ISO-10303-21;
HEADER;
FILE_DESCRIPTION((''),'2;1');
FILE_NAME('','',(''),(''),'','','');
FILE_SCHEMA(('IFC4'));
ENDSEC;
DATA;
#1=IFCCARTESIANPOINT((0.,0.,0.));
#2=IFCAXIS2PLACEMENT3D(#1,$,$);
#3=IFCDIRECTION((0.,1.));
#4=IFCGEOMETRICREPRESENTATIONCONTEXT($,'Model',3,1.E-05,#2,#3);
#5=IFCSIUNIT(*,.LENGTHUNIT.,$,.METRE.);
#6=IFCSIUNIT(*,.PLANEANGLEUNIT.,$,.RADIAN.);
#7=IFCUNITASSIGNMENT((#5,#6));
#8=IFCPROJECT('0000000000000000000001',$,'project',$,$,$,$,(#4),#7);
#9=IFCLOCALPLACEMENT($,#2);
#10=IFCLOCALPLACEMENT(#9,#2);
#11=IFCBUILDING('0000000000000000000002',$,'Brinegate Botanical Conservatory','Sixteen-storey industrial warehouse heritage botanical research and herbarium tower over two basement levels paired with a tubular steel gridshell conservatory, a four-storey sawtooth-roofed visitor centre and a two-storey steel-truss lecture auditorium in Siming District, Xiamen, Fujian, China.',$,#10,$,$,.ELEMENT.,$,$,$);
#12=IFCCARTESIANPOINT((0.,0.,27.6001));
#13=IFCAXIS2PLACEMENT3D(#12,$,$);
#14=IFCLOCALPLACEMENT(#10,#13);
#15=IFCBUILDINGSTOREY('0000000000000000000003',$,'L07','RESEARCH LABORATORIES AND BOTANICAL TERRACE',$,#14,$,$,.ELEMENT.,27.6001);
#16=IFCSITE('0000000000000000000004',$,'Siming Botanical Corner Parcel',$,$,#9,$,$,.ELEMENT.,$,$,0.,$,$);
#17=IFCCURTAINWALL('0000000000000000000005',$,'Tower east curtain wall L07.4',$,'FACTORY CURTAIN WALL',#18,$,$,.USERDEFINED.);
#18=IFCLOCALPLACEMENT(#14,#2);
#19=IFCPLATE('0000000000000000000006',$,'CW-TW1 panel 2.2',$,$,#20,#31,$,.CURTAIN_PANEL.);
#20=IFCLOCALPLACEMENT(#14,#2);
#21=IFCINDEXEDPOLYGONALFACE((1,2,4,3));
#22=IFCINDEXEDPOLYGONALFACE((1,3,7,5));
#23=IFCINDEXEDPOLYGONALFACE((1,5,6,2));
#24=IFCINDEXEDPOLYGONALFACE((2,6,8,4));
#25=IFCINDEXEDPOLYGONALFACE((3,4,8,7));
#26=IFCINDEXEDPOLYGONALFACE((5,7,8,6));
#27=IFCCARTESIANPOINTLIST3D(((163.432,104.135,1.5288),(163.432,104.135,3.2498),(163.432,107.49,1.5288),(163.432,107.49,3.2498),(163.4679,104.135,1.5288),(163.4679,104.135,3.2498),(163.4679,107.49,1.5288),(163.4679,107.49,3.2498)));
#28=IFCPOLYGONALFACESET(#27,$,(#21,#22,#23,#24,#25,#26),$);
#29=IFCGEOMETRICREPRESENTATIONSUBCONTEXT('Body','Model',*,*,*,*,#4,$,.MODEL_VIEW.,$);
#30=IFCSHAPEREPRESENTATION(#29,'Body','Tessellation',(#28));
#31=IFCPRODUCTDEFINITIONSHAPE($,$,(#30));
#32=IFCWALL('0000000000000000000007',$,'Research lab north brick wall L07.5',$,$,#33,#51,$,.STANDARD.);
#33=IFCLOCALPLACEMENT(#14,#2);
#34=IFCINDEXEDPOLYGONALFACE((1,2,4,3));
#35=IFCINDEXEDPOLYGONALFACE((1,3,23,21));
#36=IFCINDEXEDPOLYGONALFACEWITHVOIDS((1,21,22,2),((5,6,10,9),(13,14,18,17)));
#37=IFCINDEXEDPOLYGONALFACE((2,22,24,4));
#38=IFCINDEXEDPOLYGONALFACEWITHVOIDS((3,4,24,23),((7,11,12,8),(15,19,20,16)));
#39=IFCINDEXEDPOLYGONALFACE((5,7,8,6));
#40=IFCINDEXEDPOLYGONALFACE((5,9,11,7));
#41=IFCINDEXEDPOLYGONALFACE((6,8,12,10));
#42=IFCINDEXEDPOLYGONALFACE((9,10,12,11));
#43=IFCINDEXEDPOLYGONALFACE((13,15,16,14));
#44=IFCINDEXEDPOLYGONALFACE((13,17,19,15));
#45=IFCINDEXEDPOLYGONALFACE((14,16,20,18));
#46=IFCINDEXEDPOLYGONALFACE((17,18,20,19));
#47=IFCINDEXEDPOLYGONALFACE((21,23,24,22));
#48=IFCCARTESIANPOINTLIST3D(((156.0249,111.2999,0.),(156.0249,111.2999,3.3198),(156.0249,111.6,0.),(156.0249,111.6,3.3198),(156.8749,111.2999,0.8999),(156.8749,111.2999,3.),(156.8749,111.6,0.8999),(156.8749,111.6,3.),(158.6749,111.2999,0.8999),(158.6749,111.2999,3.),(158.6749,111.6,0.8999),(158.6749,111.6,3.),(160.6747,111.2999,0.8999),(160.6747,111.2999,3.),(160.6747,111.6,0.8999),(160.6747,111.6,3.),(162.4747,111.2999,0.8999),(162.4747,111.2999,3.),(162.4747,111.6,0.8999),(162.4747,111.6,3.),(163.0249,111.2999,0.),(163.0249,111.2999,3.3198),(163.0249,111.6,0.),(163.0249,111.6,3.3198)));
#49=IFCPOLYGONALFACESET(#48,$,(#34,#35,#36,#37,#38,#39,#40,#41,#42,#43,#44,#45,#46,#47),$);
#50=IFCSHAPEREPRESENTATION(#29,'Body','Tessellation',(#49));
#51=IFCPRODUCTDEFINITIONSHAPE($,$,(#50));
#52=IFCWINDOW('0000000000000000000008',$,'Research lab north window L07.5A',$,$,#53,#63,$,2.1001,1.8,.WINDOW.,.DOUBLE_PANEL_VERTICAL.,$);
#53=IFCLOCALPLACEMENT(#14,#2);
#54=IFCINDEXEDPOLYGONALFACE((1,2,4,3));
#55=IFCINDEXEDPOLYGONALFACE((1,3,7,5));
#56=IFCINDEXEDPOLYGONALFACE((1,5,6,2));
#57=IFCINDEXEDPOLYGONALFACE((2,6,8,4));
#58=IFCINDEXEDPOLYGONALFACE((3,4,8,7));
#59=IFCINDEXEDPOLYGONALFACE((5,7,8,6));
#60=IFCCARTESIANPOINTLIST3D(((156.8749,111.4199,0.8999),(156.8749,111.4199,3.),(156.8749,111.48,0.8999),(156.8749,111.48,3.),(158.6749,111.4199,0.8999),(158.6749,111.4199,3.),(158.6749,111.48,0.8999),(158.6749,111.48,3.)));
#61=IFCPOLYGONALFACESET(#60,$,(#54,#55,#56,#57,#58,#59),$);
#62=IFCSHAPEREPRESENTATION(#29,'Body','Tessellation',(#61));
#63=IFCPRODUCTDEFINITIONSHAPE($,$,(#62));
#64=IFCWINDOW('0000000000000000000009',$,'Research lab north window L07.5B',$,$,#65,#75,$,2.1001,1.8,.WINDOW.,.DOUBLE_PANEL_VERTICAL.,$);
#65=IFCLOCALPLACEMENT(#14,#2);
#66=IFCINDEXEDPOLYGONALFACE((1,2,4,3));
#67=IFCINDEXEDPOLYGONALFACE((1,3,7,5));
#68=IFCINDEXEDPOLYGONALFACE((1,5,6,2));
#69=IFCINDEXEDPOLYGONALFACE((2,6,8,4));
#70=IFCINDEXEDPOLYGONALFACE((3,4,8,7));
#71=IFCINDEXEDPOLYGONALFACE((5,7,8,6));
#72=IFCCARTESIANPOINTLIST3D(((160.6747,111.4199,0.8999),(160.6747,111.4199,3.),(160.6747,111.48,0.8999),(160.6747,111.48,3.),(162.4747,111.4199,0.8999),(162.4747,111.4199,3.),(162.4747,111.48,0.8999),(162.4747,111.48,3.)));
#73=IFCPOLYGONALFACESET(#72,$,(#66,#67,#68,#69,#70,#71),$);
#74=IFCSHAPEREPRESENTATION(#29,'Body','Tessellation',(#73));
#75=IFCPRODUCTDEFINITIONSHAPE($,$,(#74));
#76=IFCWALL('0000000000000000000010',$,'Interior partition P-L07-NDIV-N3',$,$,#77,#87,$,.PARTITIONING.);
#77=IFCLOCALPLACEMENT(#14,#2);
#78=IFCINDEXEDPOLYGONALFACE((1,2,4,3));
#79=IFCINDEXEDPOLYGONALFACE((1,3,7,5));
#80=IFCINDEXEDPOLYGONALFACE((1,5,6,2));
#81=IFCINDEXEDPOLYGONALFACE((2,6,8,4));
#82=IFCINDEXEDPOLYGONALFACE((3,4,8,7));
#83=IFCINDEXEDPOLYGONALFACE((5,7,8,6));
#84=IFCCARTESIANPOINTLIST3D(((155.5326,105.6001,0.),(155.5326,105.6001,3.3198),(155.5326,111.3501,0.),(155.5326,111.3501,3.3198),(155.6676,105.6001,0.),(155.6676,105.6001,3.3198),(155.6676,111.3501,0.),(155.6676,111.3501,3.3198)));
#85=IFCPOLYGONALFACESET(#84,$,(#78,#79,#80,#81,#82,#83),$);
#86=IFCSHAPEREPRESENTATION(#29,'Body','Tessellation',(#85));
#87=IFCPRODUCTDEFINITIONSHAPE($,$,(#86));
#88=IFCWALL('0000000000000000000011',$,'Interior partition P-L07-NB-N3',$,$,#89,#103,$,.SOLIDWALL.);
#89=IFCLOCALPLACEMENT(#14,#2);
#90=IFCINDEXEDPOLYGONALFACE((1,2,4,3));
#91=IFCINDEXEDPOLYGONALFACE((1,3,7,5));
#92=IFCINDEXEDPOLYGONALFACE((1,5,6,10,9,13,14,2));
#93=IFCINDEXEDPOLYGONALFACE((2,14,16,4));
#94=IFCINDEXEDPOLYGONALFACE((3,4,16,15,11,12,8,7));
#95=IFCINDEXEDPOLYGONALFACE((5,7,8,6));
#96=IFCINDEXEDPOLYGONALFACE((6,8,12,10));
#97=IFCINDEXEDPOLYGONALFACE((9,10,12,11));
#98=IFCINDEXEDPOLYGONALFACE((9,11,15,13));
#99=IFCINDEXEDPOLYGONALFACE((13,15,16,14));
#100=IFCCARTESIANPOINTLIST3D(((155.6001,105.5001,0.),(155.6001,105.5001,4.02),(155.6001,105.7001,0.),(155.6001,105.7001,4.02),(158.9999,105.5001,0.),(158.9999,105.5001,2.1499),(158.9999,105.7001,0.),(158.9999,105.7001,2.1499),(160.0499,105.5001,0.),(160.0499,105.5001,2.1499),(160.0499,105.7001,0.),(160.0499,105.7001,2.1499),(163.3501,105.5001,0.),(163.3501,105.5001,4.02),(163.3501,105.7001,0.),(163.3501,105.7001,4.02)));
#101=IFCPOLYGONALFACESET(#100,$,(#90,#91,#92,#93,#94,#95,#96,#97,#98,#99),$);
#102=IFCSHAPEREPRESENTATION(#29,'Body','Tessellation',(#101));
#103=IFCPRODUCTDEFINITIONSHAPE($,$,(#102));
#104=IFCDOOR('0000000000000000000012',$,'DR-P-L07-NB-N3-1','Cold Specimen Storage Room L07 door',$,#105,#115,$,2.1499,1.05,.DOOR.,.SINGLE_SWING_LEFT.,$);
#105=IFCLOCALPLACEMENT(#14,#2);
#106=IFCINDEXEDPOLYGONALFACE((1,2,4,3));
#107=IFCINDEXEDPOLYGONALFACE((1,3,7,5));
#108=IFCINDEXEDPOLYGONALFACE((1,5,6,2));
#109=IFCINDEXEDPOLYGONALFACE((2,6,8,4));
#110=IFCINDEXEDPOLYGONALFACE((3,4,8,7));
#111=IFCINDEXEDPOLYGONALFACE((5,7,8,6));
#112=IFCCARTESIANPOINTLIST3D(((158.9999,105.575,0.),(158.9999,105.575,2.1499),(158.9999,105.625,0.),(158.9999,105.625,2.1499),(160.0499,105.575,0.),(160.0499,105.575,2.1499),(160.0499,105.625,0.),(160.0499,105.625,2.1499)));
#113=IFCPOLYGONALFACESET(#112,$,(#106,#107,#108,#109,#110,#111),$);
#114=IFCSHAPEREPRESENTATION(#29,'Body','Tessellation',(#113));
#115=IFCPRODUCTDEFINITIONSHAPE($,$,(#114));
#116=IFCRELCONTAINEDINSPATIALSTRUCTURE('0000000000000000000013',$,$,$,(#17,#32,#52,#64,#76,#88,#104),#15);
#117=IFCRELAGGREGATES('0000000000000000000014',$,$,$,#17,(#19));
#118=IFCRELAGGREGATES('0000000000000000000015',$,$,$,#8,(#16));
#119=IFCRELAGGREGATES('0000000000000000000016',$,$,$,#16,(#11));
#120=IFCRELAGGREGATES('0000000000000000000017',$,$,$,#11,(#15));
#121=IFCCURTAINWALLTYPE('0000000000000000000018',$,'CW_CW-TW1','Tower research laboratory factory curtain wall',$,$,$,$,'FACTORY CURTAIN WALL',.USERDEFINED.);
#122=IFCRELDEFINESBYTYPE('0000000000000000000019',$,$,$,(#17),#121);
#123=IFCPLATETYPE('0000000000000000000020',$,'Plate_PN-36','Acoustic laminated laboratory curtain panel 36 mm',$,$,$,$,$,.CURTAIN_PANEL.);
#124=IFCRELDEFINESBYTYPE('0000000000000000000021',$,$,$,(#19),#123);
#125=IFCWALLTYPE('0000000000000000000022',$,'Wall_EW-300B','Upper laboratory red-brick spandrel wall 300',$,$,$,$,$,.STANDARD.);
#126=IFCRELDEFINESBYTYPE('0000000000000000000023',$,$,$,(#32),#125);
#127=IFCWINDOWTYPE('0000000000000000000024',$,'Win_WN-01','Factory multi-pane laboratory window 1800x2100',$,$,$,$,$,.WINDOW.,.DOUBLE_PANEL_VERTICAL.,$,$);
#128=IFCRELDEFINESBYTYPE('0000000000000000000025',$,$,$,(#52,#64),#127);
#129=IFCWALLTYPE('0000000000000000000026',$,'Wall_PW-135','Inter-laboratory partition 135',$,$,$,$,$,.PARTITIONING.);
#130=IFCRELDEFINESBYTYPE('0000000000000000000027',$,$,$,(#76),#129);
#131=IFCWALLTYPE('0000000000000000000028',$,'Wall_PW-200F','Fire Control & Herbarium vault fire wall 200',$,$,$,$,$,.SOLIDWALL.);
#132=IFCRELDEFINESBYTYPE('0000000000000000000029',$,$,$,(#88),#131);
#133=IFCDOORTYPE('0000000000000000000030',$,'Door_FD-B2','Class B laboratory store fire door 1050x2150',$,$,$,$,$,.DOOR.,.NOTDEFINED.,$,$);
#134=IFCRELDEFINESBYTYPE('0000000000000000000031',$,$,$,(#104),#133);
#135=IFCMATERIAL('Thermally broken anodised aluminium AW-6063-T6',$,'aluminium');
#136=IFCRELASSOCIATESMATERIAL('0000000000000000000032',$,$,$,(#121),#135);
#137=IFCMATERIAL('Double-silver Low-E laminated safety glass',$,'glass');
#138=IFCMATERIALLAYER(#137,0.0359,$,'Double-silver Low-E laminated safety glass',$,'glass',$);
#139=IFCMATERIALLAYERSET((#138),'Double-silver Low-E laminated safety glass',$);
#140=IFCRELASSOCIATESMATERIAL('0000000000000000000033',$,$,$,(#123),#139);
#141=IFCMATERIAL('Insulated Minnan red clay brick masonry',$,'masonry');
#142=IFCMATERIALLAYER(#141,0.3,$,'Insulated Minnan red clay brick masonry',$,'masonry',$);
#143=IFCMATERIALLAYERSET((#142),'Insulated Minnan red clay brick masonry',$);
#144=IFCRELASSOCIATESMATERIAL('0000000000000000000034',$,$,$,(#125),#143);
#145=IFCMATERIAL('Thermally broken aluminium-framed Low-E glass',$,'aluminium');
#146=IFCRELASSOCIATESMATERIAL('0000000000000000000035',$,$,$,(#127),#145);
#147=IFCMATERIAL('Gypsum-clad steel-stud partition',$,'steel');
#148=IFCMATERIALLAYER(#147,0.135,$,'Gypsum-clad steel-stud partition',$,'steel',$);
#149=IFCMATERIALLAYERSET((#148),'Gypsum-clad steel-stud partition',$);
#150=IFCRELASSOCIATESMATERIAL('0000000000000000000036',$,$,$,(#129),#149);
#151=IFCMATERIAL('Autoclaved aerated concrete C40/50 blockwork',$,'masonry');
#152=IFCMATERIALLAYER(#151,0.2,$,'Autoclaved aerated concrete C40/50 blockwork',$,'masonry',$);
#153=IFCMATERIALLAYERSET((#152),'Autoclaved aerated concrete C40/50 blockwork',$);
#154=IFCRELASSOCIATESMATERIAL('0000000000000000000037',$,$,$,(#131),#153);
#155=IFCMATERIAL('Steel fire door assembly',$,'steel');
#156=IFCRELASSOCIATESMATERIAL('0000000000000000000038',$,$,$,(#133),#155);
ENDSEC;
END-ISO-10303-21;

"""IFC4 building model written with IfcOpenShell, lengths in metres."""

from ifc_helpers import new_model, si_unit, direction, frame, frame_2d, origin, origin_2d, place, context, subcontext, project, spatial, rectangle, extrude, material, layer, layer_set, type_object, element, fill, aggregate, save


model = new_model("IFC4")

# Units and contexts
model_context = context("Model", 3, precision=1e-05, world=origin(), true_north=direction((0.0, 1.0)))
body_context = subcontext(model_context, "Body", "Model", "MODEL_VIEW")
ifc_project = project(units=[si_unit("LENGTHUNIT", "METRE"), si_unit("PLANEANGLEUNIT", "RADIAN")], contexts=[model_context])

# Site, building, storey
site_placement = place(None, origin())
site = spatial("IfcSite", under=ifc_project, at=site_placement, Name="Siming Botanical Corner Parcel", CompositionType="ELEMENT", RefElevation=0.0)
building_placement = place(site_placement, origin())
building = spatial("IfcBuilding", under=site, at=building_placement, Name="Brinegate Botanical Conservatory", Description="Sixteen-storey industrial warehouse heritage botanical research and herbarium tower over two basement levels paired with a tubular steel gridshell conservatory, a four-storey sawtooth-roofed visitor centre and a two-storey steel-truss lecture auditorium in Siming District, Xiamen, Fujian, China.", CompositionType="ELEMENT")
storey_placement = place(building_placement, frame((0.0, 0.0, 27.6001)))
storey = spatial("IfcBuildingStorey", under=building, at=storey_placement, Name="L07", Description="RESEARCH LABORATORIES AND BOTANICAL TERRACE", CompositionType="ELEMENT", Elevation=27.6001)

# Curtain wall, plate
ifc_material_1 = material(Name="Thermally broken anodised aluminium AW-6063-T6", Category="aluminium")
curtain_wall_type = type_object("IfcCurtainWallType", Name="CW_CW-TW1", Description="Tower research laboratory factory curtain wall", ElementType="FACTORY CURTAIN WALL", PredefinedType="USERDEFINED", material=ifc_material_1)
curtain_wall_placement = place(storey_placement, origin())
curtain_wall = element("IfcCurtainWall", 1, at=curtain_wall_placement, inside=storey, type_object=curtain_wall_type, Name="Tower east curtain wall L07.4", ObjectType="FACTORY CURTAIN WALL", PredefinedType="USERDEFINED")
ifc_material_2 = material(Name="Double-silver Low-E laminated safety glass", Category="glass")
ifc_layer_1 = layer(ifc_material_2, 0.0359, Name="Double-silver Low-E laminated safety glass", Category="glass")
ifc_layer_set_1 = layer_set([ifc_layer_1], Name="Double-silver Low-E laminated safety glass")
plate_type = type_object("IfcPlateType", Name="Plate_PN-36", Description="Acoustic laminated laboratory curtain panel 36 mm", PredefinedType="CURTAIN_PANEL", material=ifc_layer_set_1)
plate_1_placement = place(storey_placement, frame((163.45, 105.8125, 1.5288), z_axis=(0.0, 0.0, 1.0), x_axis=(0.0, -1.0, 0.0)))
plate_1 = element("IfcPlate", 2, at=plate_1_placement, type_object=plate_type, Name="CW-TW1 panel 2.2", PredefinedType="CURTAIN_PANEL", context=body_context, shape_type="SweptSolid", body=[
    extrude(rectangle(XDim=3.355, YDim=0.0359, at=origin_2d()), origin(), (0.0, 0.0, 1.0), 1.7209),
])
aggregate(curtain_wall, [plate_1])

# Wall, openings, windows
ifc_material_3 = material(Name="Insulated Minnan red clay brick masonry", Category="masonry")
ifc_layer_2 = layer(ifc_material_3, 0.3, Name="Insulated Minnan red clay brick masonry", Category="masonry")
ifc_layer_set_2 = layer_set([ifc_layer_2], Name="Insulated Minnan red clay brick masonry")
wall_type_1 = type_object("IfcWallType", Name="Wall_EW-300B", Description="Upper laboratory red-brick spandrel wall 300", PredefinedType="STANDARD", material=ifc_layer_set_2)
wall_1_placement = place(storey_placement, frame((156.0249, 111.45, 0.0), z_axis=(0.0, 0.0, 1.0), x_axis=(1.0, 0.0, 0.0)))
wall_1 = element("IfcWall", 3, at=wall_1_placement, inside=storey, type_object=wall_type_1, Name="Research lab north brick wall L07.5", PredefinedType="STANDARD", context=body_context, shape_type="SweptSolid", body=[
    extrude(rectangle(XDim=7.0, YDim=0.3, at=frame_2d((3.5, 0.0))), origin(), (0.0, 0.0, 1.0), 3.3198),
])
opening_1_placement = place(wall_1_placement, frame((0.8501, 0.0, 0.8999)))
opening_1 = element("IfcOpeningElement", 4, at=opening_1_placement, cuts=wall_1, PredefinedType="OPENING", context=body_context, shape_type="SweptSolid", body=[
    extrude(rectangle(XDim=1.8, YDim=2.1001, at=frame_2d((0.8999, 1.05))), frame((0.0, 0.1599, 0.0), z_axis=(0.0, -1.0, 0.0), x_axis=(1.0, 0.0, 0.0)), (0.0, 0.0, 1.0), 0.3201),
])
opening_2_placement = place(wall_1_placement, frame((4.6499, 0.0, 0.8999)))
opening_2 = element("IfcOpeningElement", 5, at=opening_2_placement, cuts=wall_1, PredefinedType="OPENING", context=body_context, shape_type="SweptSolid", body=[
    extrude(rectangle(XDim=1.8, YDim=2.1001, at=frame_2d((0.8999, 1.05))), frame((0.0, 0.1599, 0.0), z_axis=(0.0, -1.0, 0.0), x_axis=(1.0, 0.0, 0.0)), (0.0, 0.0, 1.0), 0.3201),
])
ifc_material_4 = material(Name="Thermally broken aluminium-framed Low-E glass", Category="aluminium")
window_type = type_object("IfcWindowType", Name="Win_WN-01", Description="Factory multi-pane laboratory window 1800x2100", PartitioningType="DOUBLE_PANEL_VERTICAL", PredefinedType="WINDOW", material=ifc_material_4)
window_1_placement = place(opening_1_placement, origin())
window_1 = element("IfcWindow", 6, at=window_1_placement, inside=storey, type_object=window_type, Name="Research lab north window L07.5A", OverallHeight=2.1001, OverallWidth=1.8, PartitioningType="DOUBLE_PANEL_VERTICAL", PredefinedType="WINDOW", context=body_context, shape_type="SweptSolid", body=[
    extrude(rectangle(XDim=1.8, YDim=2.1001, at=frame_2d((0.8999, 1.05))), frame((0.0, 0.03, 0.0), z_axis=(0.0, -1.0, 0.0), x_axis=(1.0, 0.0, 0.0)), (0.0, 0.0, 1.0), 0.0601),
])
fill(opening_1, window_1)
window_2_placement = place(opening_2_placement, origin())
window_2 = element("IfcWindow", 7, at=window_2_placement, inside=storey, type_object=window_type, Name="Research lab north window L07.5B", OverallHeight=2.1001, OverallWidth=1.8, PartitioningType="DOUBLE_PANEL_VERTICAL", PredefinedType="WINDOW", context=body_context, shape_type="SweptSolid", body=[
    extrude(rectangle(XDim=1.8, YDim=2.1001, at=frame_2d((0.8999, 1.05))), frame((0.0, 0.03, 0.0), z_axis=(0.0, -1.0, 0.0), x_axis=(1.0, 0.0, 0.0)), (0.0, 0.0, 1.0), 0.0601),
])
fill(opening_2, window_2)

# Wall
ifc_material_5 = material(Name="Gypsum-clad steel-stud partition", Category="steel")
ifc_layer_3 = layer(ifc_material_5, 0.135, Name="Gypsum-clad steel-stud partition", Category="steel")
ifc_layer_set_3 = layer_set([ifc_layer_3], Name="Gypsum-clad steel-stud partition")
wall_type_2 = type_object("IfcWallType", Name="Wall_PW-135", Description="Inter-laboratory partition 135", PredefinedType="PARTITIONING", material=ifc_layer_set_3)
wall_2_placement = place(storey_placement, frame((155.6001, 105.6001, 0.0), z_axis=(0.0, 0.0, 1.0), x_axis=(0.0, 1.0, 0.0)))
element("IfcWall", 8, at=wall_2_placement, inside=storey, type_object=wall_type_2, Name="Interior partition P-L07-NDIV-N3", PredefinedType="PARTITIONING", context=body_context, shape_type="SweptSolid", body=[
    extrude(rectangle(XDim=5.75, YDim=0.135, at=frame_2d((2.875, 0.0))), origin(), (0.0, 0.0, 1.0), 3.3198),
])

# Wall, opening, door
ifc_material_6 = material(Name="Autoclaved aerated concrete C40/50 blockwork", Category="masonry")
ifc_layer_4 = layer(ifc_material_6, 0.2, Name="Autoclaved aerated concrete C40/50 blockwork", Category="masonry")
ifc_layer_set_4 = layer_set([ifc_layer_4], Name="Autoclaved aerated concrete C40/50 blockwork")
wall_type_3 = type_object("IfcWallType", Name="Wall_PW-200F", Description="Fire Control & Herbarium vault fire wall 200", PredefinedType="SOLIDWALL", material=ifc_layer_set_4)
wall_3_placement = place(storey_placement, frame((155.6001, 105.6001, 0.0), z_axis=(0.0, 0.0, 1.0), x_axis=(1.0, 0.0, 0.0)))
wall_3 = element("IfcWall", 9, at=wall_3_placement, inside=storey, type_object=wall_type_3, Name="Interior partition P-L07-NB-N3", PredefinedType="SOLIDWALL", context=body_context, shape_type="SweptSolid", body=[
    extrude(rectangle(XDim=7.75, YDim=0.2, at=frame_2d((3.875, 0.0))), origin(), (0.0, 0.0, 1.0), 4.02),
])
opening_3_placement = place(wall_3_placement, frame((3.3999, 0.0, 0.0)))
opening_3 = element("IfcOpeningElement", 10, at=opening_3_placement, cuts=wall_3, PredefinedType="OPENING", context=body_context, shape_type="SweptSolid", body=[
    extrude(rectangle(XDim=1.05, YDim=2.1499, at=frame_2d((0.5249, 1.075))), frame((0.0, 0.1099, 0.0), z_axis=(0.0, -1.0, 0.0), x_axis=(1.0, 0.0, 0.0)), (0.0, 0.0, 1.0), 0.22),
])
ifc_material_7 = material(Name="Steel fire door assembly", Category="steel")
door_type = type_object("IfcDoorType", Name="Door_FD-B2", Description="Class B laboratory store fire door 1050x2150", OperationType="NOTDEFINED", PredefinedType="DOOR", material=ifc_material_7)
door_placement = place(opening_3_placement, origin())
door = element("IfcDoor", 11, at=door_placement, inside=storey, type_object=door_type, Name="DR-P-L07-NB-N3-1", Description="Cold Specimen Storage Room L07 door", OperationType="SINGLE_SWING_LEFT", OverallHeight=2.1499, OverallWidth=1.05, PredefinedType="DOOR", context=body_context, shape_type="SweptSolid", body=[
    extrude(rectangle(XDim=1.05, YDim=2.1499, at=frame_2d((0.5249, 1.075))), frame((0.0, 0.0249, 0.0), z_axis=(0.0, -1.0, 0.0), x_axis=(1.0, 0.0, 0.0)), (0.0, 0.0, 1.0), 0.05),
])
fill(opening_3, door)

save(model, "model.ifc")
